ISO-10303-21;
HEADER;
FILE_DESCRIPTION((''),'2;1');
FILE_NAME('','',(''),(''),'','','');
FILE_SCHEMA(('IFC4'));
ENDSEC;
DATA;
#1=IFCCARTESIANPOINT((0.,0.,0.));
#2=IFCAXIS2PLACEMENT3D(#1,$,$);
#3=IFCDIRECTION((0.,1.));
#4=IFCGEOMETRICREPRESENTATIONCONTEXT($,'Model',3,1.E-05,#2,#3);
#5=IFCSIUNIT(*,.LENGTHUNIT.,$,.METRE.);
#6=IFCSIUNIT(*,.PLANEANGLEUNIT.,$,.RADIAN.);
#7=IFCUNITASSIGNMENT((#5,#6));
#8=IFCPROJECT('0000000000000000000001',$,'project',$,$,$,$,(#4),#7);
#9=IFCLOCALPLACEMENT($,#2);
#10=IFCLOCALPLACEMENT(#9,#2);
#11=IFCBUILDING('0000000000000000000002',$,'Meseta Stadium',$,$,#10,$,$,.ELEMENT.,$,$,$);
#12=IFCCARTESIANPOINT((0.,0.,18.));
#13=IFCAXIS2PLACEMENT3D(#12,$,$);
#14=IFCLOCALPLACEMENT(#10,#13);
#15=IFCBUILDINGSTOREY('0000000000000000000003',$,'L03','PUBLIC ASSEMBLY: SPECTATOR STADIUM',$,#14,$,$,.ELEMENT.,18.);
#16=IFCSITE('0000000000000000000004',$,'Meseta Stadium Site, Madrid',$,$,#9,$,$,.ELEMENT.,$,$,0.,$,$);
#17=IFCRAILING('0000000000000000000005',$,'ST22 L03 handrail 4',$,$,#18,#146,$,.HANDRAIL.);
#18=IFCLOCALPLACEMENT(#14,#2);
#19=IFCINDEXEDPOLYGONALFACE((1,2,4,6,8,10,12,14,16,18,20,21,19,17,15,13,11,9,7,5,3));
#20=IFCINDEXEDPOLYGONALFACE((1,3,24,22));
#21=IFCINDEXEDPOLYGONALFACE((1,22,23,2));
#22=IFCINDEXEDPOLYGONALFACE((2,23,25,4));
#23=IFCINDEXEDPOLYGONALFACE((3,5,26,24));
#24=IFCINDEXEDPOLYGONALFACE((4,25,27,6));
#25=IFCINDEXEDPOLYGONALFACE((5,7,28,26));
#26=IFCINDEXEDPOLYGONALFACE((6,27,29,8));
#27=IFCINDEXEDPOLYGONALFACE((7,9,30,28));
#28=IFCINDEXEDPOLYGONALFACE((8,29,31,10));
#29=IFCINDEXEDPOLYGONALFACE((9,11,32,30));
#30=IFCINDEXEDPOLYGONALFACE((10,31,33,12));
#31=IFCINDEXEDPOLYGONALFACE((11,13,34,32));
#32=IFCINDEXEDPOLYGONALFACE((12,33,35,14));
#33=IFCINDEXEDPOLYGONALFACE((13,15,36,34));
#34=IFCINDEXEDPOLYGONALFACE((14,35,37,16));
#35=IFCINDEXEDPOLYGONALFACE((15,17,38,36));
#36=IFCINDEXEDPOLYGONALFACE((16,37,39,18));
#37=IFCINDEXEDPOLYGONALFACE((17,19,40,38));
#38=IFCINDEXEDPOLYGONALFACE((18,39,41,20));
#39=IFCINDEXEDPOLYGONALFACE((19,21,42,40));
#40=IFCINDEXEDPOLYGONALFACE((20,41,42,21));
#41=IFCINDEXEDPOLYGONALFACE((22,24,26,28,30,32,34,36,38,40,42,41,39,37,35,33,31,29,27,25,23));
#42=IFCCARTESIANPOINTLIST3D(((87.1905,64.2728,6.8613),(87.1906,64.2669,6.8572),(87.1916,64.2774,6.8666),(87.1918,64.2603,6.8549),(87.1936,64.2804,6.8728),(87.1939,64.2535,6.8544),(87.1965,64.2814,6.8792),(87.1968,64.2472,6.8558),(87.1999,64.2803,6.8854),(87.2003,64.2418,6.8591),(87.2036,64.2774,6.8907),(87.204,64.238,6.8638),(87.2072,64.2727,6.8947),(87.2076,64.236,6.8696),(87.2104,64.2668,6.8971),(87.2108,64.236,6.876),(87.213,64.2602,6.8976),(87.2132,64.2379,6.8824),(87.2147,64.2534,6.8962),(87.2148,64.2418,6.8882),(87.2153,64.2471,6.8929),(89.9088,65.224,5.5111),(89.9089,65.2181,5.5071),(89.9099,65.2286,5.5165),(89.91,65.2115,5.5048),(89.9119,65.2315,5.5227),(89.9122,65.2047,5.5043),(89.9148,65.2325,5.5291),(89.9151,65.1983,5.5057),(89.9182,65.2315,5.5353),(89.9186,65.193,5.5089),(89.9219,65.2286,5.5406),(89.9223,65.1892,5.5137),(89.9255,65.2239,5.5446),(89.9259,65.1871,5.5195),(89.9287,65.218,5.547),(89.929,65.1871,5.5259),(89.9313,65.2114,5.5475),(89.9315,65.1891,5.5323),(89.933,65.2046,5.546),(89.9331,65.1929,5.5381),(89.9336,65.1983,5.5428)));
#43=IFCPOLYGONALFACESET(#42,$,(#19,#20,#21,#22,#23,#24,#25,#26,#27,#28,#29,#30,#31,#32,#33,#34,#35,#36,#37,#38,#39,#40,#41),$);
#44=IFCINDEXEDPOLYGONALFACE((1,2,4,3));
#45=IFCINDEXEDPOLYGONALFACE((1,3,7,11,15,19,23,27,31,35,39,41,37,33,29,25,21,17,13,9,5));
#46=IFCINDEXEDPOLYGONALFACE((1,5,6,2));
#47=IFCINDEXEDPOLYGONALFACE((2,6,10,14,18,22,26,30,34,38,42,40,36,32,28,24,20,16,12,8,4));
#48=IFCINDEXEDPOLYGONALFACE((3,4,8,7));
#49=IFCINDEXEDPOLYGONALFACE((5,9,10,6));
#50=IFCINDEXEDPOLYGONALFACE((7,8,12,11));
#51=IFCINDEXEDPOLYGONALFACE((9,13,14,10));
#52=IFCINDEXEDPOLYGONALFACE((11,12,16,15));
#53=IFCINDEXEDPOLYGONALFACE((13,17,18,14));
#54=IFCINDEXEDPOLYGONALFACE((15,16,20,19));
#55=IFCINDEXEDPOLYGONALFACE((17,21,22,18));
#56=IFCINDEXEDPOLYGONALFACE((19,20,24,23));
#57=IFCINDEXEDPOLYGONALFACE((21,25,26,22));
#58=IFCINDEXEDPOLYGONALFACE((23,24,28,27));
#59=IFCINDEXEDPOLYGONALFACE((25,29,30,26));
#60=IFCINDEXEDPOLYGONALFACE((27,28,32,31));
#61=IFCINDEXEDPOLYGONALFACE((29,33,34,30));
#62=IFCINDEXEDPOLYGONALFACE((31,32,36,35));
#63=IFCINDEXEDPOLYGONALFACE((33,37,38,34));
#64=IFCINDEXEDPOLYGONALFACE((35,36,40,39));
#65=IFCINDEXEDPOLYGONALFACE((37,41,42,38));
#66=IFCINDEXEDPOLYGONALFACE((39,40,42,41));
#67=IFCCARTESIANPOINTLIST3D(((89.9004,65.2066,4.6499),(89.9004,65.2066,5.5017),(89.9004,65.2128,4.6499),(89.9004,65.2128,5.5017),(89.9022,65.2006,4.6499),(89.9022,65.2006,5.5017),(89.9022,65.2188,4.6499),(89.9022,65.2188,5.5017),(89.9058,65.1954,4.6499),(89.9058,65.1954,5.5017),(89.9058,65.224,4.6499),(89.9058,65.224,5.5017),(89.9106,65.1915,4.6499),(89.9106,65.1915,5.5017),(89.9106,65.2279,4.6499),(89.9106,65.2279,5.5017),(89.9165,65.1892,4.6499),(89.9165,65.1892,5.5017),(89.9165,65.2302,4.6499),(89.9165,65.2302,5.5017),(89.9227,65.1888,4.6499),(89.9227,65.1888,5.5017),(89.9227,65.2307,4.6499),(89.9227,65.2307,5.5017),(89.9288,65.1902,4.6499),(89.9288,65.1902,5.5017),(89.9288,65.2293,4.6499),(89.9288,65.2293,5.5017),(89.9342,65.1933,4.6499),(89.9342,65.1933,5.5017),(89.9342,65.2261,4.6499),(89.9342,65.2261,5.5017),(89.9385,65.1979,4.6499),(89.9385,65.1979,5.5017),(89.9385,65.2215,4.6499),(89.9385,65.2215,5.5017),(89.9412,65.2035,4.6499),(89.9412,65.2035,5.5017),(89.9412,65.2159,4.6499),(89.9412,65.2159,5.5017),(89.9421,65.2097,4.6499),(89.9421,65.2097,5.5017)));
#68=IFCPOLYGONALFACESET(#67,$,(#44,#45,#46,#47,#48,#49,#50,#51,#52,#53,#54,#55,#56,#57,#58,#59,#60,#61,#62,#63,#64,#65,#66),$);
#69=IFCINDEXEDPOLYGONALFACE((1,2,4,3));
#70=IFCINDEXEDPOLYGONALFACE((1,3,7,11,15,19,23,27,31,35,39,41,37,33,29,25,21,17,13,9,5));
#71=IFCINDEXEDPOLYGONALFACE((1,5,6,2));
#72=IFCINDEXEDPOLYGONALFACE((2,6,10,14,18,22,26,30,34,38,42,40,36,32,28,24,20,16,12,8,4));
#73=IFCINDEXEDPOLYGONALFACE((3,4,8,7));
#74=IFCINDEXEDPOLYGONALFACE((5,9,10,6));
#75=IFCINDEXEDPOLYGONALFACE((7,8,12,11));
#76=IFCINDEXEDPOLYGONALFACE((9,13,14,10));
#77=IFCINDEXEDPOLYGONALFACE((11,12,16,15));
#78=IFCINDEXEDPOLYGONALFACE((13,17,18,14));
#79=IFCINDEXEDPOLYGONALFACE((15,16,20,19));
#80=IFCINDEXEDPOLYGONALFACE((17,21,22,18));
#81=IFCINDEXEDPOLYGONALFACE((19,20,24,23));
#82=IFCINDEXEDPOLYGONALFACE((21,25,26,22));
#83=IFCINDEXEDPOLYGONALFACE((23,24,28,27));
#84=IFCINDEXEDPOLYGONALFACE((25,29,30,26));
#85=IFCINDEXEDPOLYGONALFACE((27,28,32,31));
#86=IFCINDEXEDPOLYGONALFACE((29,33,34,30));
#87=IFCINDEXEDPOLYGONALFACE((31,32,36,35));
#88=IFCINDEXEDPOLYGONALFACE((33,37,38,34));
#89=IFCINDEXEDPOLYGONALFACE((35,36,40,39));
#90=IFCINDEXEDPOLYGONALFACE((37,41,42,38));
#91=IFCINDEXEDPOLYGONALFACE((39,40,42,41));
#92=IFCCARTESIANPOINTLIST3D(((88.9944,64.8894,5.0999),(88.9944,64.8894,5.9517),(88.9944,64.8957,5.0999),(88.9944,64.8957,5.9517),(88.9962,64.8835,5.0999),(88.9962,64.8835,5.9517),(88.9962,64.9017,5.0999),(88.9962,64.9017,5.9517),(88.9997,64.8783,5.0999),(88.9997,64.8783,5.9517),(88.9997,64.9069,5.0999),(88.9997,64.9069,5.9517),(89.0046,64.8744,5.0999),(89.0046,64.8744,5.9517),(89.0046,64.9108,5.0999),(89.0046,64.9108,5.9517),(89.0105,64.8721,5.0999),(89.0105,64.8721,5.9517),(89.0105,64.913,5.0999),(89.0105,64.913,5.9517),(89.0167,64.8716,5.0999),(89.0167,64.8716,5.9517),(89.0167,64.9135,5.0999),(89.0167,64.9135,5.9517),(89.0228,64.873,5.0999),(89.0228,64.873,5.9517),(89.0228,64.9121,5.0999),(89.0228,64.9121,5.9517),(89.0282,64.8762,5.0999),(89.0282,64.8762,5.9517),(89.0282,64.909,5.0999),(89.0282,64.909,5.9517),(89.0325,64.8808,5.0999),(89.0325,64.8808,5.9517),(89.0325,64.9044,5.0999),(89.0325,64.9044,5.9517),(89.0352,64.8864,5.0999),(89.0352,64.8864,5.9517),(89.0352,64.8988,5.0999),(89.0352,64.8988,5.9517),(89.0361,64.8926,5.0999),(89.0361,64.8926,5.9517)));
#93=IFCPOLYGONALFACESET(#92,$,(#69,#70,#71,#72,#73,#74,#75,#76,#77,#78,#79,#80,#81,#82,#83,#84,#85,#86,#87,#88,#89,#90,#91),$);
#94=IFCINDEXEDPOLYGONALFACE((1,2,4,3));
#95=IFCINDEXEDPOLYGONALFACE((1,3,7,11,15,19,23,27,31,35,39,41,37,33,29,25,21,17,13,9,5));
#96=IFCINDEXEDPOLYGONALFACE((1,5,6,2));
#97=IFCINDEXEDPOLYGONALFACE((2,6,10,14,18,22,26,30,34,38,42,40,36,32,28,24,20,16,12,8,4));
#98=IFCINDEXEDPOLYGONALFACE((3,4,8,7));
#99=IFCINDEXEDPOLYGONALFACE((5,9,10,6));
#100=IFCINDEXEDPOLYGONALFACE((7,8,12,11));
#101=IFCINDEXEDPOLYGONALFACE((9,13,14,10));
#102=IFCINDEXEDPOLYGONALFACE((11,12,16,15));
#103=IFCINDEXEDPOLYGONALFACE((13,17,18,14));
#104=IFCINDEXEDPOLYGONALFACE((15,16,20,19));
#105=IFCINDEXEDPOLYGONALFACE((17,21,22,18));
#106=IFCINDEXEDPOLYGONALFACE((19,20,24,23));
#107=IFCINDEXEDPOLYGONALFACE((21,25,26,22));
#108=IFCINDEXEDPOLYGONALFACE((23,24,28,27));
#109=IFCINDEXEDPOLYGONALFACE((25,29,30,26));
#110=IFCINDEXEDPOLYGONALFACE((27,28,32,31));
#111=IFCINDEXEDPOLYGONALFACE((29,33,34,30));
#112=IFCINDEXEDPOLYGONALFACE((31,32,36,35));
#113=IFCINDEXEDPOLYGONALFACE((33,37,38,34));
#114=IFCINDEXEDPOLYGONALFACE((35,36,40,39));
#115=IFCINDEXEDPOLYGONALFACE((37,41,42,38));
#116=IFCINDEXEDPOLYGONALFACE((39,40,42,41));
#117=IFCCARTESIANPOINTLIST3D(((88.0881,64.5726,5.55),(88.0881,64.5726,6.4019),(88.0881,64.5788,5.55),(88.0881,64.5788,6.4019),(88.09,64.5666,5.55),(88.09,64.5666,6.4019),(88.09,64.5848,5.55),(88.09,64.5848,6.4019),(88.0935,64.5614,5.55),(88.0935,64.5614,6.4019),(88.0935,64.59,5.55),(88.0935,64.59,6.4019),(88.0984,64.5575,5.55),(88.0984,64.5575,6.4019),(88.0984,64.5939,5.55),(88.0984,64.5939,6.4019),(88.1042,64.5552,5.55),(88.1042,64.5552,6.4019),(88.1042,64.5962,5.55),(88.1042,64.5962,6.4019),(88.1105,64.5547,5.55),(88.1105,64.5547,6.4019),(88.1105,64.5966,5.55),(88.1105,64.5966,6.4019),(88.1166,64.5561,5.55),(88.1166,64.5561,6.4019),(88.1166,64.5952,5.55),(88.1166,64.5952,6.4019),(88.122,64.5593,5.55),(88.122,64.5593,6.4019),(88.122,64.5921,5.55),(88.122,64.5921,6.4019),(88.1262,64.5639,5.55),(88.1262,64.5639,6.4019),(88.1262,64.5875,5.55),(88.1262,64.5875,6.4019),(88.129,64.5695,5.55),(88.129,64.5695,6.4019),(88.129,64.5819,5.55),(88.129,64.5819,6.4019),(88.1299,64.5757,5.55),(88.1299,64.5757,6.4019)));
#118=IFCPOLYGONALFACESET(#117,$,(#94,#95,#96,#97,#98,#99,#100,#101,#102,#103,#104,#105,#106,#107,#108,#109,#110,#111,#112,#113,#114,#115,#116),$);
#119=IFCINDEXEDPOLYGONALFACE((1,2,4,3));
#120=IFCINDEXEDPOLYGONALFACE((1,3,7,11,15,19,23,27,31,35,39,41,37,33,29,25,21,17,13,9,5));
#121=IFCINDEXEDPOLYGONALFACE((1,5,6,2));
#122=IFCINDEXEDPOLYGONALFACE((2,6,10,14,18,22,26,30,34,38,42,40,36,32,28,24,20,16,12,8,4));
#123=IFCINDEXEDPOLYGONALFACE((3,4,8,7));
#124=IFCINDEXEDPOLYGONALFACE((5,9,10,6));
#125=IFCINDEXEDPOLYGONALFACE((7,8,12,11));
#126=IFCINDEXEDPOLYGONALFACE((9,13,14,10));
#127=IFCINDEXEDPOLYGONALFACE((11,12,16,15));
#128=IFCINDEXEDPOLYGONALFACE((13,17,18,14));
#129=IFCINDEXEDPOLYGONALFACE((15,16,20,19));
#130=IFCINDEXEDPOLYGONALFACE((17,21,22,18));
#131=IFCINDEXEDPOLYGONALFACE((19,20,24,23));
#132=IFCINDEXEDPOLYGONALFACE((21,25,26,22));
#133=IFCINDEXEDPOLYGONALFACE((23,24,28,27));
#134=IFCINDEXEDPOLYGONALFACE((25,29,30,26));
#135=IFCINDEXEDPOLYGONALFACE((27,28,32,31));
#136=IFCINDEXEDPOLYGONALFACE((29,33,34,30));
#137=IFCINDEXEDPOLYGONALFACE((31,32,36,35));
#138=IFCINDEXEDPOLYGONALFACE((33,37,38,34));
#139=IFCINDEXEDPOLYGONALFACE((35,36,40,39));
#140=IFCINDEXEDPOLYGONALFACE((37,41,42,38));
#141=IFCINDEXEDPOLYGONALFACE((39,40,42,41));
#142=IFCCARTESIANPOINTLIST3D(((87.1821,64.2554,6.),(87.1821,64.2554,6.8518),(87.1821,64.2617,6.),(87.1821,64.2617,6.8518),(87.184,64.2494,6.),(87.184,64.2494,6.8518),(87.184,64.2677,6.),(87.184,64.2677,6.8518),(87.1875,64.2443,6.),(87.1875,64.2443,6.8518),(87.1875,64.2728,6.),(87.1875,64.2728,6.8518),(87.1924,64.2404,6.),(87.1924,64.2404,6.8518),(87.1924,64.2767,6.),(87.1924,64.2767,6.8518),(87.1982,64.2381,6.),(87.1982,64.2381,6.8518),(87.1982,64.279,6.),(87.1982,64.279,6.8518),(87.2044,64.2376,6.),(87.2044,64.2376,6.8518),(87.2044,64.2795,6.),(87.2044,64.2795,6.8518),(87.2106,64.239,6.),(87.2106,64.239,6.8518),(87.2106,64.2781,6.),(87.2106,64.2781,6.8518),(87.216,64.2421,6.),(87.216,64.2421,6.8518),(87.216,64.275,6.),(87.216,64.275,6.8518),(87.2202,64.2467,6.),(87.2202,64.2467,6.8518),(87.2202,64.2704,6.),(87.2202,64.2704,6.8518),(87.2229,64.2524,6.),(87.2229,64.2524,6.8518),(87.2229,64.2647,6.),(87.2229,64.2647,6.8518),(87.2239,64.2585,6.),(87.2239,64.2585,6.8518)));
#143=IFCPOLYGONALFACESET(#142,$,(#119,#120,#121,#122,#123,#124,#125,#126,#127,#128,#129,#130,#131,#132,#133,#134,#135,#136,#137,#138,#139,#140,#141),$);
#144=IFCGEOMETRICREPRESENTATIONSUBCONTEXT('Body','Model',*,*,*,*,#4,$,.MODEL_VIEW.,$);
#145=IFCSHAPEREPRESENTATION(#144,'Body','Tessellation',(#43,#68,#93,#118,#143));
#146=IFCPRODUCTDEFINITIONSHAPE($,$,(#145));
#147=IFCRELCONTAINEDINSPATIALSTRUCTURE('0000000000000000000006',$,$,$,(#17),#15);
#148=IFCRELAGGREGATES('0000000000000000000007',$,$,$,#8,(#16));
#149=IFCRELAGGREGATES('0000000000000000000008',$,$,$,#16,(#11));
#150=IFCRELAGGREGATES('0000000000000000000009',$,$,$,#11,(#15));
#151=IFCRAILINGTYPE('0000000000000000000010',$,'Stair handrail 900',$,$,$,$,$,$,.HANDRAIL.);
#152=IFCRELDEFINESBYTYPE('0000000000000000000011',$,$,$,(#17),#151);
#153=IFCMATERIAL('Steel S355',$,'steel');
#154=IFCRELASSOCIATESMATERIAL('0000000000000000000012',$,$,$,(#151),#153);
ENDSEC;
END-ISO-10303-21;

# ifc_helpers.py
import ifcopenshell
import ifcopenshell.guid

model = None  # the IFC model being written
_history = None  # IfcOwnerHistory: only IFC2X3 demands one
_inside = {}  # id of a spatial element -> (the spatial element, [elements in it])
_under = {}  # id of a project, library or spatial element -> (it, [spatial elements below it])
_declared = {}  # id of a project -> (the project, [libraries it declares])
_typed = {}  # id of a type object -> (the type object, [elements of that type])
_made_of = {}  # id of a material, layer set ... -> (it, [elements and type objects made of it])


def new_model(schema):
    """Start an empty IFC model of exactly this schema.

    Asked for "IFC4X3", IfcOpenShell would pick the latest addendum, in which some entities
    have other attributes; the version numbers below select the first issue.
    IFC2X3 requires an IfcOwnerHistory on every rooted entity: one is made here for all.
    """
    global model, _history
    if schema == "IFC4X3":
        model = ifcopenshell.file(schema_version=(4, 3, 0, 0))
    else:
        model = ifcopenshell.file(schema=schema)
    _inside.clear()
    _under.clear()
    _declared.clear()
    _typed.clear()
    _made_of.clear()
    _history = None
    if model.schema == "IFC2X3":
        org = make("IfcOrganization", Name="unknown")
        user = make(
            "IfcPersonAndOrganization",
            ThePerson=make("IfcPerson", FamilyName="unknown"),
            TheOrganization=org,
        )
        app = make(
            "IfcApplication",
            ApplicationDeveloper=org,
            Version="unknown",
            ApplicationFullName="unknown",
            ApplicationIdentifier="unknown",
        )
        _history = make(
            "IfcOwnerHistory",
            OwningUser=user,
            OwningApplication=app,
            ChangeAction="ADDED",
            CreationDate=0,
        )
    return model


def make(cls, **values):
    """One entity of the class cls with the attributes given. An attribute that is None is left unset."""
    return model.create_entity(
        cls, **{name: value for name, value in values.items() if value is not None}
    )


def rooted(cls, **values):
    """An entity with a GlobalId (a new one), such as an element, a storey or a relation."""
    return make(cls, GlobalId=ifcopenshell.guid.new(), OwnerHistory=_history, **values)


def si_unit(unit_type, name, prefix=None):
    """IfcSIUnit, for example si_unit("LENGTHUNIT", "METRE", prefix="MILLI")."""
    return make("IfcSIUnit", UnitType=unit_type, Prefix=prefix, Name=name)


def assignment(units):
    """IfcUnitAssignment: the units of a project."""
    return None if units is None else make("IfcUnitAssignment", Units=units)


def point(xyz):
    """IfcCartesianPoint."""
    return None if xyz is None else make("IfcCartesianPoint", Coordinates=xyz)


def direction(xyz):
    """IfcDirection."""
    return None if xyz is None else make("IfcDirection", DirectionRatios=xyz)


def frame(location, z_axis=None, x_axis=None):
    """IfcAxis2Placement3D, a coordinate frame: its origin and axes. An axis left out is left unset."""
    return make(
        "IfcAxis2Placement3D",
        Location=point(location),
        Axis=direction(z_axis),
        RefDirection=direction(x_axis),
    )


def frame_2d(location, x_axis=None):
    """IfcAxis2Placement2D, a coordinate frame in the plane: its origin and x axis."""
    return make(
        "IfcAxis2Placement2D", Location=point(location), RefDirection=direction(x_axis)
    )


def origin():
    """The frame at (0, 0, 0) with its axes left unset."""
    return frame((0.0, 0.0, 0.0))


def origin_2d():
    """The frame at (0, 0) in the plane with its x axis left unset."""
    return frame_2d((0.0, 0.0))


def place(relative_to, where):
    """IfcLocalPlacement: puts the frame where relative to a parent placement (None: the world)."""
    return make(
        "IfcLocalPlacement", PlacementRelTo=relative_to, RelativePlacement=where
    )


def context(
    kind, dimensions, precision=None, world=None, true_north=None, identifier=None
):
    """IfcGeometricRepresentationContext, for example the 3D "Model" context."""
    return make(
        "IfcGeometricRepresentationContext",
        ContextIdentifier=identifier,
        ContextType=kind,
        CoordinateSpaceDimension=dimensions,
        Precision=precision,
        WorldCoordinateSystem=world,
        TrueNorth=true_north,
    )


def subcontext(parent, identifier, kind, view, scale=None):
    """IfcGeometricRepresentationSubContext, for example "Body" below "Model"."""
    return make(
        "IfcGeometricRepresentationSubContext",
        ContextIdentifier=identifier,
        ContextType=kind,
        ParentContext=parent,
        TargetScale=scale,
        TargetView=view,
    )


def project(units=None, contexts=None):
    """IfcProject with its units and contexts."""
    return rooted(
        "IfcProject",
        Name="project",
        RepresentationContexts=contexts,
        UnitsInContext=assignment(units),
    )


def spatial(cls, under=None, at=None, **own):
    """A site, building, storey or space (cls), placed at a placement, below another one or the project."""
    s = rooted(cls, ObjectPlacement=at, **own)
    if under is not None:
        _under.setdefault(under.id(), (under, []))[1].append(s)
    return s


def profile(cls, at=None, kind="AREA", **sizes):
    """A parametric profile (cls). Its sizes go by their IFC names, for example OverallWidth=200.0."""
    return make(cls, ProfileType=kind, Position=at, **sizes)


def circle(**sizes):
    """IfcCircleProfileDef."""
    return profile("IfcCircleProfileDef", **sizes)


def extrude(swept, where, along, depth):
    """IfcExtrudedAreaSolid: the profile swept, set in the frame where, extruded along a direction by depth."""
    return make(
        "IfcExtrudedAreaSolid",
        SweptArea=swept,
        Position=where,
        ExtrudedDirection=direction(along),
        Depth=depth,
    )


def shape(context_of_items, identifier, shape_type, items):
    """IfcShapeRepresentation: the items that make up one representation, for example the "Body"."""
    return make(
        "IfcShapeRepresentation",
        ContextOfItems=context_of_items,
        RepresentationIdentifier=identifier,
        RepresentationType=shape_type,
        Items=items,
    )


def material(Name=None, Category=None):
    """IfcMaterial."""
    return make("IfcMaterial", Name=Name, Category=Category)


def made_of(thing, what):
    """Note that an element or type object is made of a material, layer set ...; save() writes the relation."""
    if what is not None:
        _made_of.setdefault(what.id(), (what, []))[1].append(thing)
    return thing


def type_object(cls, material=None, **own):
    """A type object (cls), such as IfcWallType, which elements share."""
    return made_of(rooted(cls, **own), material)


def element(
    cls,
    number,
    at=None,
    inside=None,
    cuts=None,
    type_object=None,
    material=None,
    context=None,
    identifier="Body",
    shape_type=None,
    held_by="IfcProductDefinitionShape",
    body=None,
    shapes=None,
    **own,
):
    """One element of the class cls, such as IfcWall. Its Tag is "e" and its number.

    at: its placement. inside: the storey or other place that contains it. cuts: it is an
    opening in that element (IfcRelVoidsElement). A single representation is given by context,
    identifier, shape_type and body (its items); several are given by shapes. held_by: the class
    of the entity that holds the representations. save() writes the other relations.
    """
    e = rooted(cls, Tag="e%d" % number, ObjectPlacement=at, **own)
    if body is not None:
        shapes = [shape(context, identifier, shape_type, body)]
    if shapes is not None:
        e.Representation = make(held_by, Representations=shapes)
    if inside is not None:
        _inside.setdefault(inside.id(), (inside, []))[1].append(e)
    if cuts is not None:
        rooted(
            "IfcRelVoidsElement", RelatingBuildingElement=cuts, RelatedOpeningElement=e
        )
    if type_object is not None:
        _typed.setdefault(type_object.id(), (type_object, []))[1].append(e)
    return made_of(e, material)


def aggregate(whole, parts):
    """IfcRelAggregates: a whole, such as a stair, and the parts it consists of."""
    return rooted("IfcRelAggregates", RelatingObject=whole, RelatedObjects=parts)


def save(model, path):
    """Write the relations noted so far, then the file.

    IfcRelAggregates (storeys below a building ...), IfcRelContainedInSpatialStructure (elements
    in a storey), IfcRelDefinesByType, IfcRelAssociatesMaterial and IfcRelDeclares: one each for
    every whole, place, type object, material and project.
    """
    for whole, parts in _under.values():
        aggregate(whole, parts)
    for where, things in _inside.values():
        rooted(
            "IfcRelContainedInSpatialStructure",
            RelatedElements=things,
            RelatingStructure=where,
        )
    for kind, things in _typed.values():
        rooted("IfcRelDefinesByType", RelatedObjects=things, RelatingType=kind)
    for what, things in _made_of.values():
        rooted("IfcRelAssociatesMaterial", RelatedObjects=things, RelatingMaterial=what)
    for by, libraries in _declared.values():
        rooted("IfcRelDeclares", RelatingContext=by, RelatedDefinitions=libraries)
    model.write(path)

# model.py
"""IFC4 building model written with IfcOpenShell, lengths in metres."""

from ifc_helpers import new_model, si_unit, direction, frame, origin, origin_2d, place, context, subcontext, project, spatial, circle, extrude, material, type_object, element, save


model = new_model("IFC4")

# Units and contexts
model_context = context("Model", 3, precision=1e-05, world=origin(), true_north=direction((0.0, 1.0)))
body_context = subcontext(model_context, "Body", "Model", "MODEL_VIEW")
ifc_project = project(units=[si_unit("LENGTHUNIT", "METRE"), si_unit("PLANEANGLEUNIT", "RADIAN")], contexts=[model_context])

# Site, building, storey
site_placement = place(None, origin())
site = spatial("IfcSite", under=ifc_project, at=site_placement, Name="Meseta Stadium Site, Madrid", CompositionType="ELEMENT", RefElevation=0.0)
building_placement = place(site_placement, origin())
building = spatial("IfcBuilding", under=site, at=building_placement, Name="Meseta Stadium", CompositionType="ELEMENT")
storey_placement = place(building_placement, frame((0.0, 0.0, 18.0)))
storey = spatial("IfcBuildingStorey", under=building, at=storey_placement, Name="L03", Description="PUBLIC ASSEMBLY: SPECTATOR STADIUM", CompositionType="ELEMENT", Elevation=18.0)

# Railing
ifc_material_1 = material(Name="Steel S355", Category="steel")
railing_type_1 = type_object("IfcRailingType", Name="Stair handrail 900", PredefinedType="HANDRAIL", material=ifc_material_1)
for number, where, name in (
    (1, (89.9211, 65.2097, 4.6499), "ST22 L03 handrail 4"),
):
    element("IfcRailing", number, at=place(storey_placement, frame(where)), inside=storey, type_object=railing_type_1, Name=name, PredefinedType="HANDRAIL", context=body_context, shape_type="SweptSolid", body=[
        extrude(circle(Radius=0.0239, at=origin_2d()), frame((0.0, 0.0, 0.876), z_axis=(-0.854629, -0.299051, 0.424474), x_axis=(0.330282, -0.943882, 0.0)), (0.0, 0.0, 1.0), 3.1807),
        extrude(circle(Radius=0.021, at=origin_2d()), origin(), (0.0, 0.0, 1.0), 0.8518),
        extrude(circle(Radius=0.021, at=origin_2d()), frame((-0.906, -0.3171, 0.45)), (0.0, 0.0, 1.0), 0.8518),
        extrude(circle(Radius=0.021, at=origin_2d()), frame((-1.8123, -0.634, 0.9001)), (0.0, 0.0, 1.0), 0.8518),
        extrude(circle(Radius=0.021, at=origin_2d()), frame((-2.7183, -0.9512, 1.3501)), (0.0, 0.0, 1.0), 0.8518),
    ])

save(model, "model.ifc")
